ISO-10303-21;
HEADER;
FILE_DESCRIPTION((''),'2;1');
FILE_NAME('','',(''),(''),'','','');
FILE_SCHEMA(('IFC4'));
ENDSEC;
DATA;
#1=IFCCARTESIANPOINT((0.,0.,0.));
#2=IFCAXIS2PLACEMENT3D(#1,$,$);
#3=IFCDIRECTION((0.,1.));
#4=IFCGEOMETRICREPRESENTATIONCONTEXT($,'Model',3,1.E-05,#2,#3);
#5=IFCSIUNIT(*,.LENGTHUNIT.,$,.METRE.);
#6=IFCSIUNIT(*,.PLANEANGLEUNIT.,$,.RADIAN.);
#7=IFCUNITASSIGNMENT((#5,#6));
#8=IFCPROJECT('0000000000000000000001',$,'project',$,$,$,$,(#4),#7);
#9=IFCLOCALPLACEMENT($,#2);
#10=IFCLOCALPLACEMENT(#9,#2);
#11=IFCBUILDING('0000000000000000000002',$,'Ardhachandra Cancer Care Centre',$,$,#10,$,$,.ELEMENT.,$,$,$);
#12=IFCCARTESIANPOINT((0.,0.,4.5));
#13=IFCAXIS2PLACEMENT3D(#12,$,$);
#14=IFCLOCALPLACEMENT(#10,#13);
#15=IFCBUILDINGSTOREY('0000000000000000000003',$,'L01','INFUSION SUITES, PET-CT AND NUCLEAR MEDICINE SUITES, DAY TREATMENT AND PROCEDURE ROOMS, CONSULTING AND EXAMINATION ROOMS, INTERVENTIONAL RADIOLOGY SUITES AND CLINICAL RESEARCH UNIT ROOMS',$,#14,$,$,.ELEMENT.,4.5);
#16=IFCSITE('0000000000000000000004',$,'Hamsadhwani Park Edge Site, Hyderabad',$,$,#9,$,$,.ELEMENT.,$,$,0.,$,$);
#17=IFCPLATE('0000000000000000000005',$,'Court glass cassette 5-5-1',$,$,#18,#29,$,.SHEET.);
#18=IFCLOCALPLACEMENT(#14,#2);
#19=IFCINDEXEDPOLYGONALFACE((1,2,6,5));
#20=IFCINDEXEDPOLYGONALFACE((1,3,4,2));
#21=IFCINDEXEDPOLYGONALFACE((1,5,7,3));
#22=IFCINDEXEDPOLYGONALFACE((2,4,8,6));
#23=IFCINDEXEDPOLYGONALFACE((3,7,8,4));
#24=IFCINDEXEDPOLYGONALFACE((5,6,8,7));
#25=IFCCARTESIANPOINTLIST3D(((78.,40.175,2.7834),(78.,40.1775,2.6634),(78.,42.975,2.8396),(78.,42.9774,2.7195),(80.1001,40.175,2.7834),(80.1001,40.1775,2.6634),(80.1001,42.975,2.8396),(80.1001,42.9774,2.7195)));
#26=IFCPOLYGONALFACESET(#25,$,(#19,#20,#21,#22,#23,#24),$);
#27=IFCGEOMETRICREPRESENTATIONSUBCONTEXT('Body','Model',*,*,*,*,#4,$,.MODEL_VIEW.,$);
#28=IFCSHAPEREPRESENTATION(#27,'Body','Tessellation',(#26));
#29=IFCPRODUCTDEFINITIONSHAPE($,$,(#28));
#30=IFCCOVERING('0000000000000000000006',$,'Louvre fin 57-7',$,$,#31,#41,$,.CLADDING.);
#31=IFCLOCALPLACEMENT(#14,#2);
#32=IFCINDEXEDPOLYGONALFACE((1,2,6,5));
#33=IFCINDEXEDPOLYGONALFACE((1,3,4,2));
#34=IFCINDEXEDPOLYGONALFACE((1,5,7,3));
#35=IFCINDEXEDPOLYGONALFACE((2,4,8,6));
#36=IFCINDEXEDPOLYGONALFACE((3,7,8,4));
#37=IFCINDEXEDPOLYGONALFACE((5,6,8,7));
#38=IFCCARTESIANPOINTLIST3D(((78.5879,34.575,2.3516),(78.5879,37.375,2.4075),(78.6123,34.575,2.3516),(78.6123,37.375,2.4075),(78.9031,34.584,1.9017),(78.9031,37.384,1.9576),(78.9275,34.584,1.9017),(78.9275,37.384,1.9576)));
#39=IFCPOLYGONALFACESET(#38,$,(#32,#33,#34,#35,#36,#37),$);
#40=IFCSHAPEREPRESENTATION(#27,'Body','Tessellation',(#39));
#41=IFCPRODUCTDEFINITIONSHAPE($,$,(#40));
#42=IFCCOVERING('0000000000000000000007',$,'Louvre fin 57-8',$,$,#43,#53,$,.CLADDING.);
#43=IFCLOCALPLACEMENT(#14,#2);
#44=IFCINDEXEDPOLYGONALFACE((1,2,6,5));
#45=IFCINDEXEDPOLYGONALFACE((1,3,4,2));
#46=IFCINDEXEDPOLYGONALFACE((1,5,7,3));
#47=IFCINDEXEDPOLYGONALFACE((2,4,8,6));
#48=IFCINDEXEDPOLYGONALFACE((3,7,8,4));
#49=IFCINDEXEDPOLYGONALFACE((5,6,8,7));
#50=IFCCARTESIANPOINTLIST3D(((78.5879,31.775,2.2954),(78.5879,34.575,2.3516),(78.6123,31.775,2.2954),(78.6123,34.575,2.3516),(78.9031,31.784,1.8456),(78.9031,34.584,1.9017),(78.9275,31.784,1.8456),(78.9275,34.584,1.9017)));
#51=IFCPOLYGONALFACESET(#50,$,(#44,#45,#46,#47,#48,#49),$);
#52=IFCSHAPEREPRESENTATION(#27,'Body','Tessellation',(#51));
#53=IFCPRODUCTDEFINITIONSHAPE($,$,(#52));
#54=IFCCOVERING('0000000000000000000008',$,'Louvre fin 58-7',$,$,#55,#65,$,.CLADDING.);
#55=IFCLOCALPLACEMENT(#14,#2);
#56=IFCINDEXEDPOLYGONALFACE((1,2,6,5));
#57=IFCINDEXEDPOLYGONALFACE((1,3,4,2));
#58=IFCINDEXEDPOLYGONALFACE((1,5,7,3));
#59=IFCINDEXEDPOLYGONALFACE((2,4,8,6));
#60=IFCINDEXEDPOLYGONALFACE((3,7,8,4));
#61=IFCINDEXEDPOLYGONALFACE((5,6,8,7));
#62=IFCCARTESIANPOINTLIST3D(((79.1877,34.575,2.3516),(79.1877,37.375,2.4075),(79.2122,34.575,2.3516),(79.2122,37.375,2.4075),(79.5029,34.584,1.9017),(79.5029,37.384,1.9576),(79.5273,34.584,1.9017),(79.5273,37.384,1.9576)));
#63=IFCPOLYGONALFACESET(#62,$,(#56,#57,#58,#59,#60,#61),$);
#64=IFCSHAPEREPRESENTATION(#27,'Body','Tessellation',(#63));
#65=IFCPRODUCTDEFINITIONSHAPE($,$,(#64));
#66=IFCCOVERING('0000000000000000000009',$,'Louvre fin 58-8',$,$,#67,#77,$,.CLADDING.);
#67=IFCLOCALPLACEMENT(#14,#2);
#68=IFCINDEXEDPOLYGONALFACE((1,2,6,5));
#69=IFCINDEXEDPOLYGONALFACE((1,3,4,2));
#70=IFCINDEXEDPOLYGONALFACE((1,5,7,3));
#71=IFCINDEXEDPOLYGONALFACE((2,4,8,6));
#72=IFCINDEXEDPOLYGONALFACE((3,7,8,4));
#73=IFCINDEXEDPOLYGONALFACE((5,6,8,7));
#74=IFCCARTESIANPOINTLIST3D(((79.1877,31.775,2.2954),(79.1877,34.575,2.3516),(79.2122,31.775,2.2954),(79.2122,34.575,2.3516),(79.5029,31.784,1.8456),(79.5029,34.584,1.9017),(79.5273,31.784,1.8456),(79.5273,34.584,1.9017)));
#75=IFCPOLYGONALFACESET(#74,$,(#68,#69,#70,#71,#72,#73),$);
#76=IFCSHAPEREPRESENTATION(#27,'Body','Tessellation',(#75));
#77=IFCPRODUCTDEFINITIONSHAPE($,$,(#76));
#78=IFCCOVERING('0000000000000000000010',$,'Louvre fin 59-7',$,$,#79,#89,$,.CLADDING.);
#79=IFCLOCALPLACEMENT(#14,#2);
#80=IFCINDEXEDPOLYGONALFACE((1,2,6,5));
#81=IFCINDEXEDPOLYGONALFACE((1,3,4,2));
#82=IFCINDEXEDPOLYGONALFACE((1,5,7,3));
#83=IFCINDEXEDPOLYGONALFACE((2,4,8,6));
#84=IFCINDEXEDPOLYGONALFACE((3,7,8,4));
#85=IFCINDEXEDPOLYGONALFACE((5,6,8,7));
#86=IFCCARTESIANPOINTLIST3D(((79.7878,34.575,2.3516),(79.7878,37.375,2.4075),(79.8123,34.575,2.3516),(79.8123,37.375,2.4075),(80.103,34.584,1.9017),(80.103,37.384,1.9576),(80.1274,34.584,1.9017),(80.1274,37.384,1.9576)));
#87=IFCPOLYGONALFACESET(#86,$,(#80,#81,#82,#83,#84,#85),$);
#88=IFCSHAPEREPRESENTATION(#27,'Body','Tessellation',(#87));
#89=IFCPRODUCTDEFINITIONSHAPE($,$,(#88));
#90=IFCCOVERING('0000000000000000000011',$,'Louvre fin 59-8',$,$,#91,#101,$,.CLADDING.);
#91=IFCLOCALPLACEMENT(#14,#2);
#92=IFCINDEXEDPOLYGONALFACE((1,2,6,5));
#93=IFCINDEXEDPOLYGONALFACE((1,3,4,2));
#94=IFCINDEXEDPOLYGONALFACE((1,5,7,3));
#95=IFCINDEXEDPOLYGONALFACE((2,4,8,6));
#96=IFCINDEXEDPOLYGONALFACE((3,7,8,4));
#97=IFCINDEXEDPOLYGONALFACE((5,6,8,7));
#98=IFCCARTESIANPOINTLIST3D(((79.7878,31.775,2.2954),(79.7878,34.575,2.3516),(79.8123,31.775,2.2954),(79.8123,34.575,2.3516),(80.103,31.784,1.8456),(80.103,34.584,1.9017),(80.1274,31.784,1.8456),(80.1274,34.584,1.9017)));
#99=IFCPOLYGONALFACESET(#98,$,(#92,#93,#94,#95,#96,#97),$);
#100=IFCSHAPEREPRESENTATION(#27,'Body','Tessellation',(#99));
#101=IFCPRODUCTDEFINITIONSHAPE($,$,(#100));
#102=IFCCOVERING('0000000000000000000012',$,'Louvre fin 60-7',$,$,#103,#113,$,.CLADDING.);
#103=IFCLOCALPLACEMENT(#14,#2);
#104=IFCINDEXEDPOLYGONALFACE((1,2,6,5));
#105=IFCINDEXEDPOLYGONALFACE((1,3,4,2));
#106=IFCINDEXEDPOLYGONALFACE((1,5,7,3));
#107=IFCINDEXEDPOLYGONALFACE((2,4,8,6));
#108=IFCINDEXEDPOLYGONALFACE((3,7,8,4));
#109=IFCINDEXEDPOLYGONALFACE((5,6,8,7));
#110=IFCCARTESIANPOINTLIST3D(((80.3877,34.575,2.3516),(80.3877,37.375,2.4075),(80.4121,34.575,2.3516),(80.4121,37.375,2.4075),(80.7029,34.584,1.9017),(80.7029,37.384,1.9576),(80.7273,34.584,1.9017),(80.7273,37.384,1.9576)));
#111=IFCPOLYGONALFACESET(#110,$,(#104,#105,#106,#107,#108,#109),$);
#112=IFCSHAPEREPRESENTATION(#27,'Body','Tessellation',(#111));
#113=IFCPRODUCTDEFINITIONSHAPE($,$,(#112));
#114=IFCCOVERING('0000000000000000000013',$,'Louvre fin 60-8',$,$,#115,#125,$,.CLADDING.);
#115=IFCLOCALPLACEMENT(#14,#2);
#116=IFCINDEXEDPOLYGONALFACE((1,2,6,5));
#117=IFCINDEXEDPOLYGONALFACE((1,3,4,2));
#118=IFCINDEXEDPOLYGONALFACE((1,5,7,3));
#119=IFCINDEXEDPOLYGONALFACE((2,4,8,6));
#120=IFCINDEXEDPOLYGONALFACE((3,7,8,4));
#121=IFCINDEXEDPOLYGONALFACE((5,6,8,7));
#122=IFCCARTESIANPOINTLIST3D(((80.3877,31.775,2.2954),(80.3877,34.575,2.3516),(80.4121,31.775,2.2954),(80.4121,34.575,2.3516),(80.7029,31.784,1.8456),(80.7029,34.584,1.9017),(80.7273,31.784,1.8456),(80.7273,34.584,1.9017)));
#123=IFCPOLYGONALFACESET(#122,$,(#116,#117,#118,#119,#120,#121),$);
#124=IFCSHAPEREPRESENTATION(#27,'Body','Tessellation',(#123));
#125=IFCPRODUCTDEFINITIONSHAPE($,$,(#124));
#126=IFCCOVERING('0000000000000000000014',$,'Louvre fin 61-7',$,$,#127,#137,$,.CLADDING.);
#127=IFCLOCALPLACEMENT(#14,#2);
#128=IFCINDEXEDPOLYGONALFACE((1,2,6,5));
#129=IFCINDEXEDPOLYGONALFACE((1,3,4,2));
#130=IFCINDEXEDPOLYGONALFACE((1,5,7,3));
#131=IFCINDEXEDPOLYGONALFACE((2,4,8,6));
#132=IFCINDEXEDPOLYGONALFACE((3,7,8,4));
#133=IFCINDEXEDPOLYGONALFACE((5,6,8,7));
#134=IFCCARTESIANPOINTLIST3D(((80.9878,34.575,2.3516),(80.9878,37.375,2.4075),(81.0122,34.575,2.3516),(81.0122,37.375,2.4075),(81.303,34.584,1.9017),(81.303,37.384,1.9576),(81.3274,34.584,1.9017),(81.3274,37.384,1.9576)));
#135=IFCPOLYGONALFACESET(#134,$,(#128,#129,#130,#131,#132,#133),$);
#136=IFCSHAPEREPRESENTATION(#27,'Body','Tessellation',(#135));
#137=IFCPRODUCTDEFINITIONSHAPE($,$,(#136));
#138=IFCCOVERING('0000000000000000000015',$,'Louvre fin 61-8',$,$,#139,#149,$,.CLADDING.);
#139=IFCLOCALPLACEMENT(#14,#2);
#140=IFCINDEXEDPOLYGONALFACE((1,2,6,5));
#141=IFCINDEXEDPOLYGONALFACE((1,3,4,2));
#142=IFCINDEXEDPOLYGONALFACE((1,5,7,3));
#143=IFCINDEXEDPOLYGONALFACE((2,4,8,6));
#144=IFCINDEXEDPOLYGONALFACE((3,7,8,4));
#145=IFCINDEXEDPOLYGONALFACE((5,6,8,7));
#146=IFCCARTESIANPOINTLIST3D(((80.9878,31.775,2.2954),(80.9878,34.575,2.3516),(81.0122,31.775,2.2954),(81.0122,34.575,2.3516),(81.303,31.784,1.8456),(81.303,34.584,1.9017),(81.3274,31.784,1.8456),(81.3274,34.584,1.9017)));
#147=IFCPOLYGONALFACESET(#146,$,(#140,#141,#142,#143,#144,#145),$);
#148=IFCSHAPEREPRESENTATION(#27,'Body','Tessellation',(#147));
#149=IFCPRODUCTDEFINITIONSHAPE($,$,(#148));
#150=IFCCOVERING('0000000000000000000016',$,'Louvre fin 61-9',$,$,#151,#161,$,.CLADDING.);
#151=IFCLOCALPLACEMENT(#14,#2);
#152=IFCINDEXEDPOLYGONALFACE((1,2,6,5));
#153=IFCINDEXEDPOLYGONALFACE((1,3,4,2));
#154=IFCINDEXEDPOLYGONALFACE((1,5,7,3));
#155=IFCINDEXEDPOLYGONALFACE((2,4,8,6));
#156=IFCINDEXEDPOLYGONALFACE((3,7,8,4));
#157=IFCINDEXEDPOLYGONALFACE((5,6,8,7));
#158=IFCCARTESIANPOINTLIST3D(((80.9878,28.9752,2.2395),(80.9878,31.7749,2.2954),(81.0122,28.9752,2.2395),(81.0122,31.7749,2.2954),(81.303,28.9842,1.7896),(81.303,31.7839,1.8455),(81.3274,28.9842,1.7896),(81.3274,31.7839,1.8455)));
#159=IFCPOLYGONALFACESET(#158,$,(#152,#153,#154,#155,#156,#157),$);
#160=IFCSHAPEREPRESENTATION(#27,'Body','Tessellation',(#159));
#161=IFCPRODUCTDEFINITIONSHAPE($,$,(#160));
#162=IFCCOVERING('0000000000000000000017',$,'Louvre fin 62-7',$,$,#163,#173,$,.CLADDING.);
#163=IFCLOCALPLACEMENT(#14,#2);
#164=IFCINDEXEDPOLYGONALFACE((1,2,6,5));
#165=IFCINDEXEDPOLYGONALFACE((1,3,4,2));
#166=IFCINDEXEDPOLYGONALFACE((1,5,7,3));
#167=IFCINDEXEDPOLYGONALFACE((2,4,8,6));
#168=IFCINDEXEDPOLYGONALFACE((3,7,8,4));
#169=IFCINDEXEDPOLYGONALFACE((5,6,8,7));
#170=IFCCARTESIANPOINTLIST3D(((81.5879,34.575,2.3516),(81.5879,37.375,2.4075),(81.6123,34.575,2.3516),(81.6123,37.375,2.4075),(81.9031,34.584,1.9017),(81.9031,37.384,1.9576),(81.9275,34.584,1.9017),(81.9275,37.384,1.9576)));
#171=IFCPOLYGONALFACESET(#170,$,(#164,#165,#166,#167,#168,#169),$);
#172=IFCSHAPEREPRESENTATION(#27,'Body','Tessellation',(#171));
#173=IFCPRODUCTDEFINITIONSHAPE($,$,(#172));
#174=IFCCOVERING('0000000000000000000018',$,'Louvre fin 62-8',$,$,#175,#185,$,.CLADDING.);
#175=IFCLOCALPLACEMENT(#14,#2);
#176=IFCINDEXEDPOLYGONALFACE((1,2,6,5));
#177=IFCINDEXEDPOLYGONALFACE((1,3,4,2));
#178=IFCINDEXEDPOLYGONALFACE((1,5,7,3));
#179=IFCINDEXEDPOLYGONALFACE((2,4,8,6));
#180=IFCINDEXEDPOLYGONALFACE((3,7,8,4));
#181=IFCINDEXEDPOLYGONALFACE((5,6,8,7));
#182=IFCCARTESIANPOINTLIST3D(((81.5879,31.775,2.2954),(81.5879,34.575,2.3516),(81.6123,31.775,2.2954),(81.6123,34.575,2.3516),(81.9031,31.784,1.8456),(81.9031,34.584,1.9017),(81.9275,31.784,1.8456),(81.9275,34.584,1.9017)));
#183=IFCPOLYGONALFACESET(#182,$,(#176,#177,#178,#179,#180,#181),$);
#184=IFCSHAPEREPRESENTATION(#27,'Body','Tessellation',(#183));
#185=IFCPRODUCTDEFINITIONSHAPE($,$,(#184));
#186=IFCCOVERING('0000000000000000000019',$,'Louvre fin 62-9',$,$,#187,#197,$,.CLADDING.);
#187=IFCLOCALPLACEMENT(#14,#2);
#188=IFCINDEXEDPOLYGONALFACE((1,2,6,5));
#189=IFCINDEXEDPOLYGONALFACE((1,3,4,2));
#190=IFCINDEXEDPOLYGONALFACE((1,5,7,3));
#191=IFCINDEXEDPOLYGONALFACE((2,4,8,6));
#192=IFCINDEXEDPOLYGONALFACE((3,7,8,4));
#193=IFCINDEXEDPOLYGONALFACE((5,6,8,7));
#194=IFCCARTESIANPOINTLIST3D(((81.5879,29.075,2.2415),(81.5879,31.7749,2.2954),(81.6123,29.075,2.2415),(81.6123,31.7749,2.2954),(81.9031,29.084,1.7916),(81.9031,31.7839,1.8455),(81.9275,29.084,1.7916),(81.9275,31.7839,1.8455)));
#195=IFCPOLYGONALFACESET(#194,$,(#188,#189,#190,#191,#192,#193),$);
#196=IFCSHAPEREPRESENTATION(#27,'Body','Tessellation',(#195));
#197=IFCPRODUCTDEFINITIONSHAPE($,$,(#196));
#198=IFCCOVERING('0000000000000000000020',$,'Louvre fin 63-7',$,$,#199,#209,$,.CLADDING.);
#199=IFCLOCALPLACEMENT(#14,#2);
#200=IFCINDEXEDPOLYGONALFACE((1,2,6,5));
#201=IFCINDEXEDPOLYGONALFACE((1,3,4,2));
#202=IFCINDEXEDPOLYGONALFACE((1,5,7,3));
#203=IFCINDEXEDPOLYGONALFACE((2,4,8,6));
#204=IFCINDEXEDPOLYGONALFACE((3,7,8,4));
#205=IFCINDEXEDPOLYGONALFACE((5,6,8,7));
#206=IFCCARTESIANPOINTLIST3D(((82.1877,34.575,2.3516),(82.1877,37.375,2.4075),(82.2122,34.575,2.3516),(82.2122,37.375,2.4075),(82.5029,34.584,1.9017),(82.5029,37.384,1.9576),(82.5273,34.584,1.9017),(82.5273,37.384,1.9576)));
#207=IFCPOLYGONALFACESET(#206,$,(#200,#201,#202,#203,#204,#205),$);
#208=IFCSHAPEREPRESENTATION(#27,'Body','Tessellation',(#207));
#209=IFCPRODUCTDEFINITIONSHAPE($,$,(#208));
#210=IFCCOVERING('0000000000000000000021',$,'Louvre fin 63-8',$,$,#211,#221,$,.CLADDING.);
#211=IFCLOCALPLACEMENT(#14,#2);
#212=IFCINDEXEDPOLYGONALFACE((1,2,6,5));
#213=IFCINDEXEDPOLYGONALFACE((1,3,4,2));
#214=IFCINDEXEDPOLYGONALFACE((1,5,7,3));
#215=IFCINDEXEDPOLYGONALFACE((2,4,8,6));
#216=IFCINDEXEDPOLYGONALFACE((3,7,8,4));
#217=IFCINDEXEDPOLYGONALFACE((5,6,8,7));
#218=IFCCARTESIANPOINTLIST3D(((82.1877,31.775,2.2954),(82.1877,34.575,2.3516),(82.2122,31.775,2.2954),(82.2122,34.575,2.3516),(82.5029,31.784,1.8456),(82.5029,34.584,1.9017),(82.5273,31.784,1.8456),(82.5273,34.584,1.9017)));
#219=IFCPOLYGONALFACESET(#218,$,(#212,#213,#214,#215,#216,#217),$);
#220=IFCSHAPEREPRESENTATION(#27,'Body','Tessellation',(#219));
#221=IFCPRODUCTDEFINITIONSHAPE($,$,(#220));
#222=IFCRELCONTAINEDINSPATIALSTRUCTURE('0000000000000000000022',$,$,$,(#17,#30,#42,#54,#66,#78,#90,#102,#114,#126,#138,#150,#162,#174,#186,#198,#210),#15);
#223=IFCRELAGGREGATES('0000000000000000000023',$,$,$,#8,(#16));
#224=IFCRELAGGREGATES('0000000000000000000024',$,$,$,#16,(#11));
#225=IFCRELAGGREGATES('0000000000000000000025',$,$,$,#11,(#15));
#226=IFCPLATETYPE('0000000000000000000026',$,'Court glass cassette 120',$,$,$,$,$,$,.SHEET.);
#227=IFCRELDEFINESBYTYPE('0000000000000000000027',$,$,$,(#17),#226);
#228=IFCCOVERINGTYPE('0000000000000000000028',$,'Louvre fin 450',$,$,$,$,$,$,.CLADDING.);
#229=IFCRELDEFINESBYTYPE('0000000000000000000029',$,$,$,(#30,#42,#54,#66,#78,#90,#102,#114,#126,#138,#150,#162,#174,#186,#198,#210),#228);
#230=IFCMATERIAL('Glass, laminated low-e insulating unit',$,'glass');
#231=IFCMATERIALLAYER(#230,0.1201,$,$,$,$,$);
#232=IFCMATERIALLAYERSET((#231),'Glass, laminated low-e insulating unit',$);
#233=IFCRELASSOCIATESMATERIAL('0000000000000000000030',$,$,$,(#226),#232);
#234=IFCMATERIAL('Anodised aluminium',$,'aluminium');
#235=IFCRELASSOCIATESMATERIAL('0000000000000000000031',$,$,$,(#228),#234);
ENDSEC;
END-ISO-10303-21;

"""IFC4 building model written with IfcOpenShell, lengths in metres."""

from ifc_helpers import new_model, si_unit, direction, frame, origin, place, context, subcontext, project, spatial, polyline, outline, extrude, material, layer, layer_set, material_profile, profile_set, type_object, element, save


model = new_model("IFC4")

# Units and contexts
model_context = context("Model", 3, precision=1e-05, world=origin(), true_north=direction((0.0, 1.0)))
body_context = subcontext(model_context, "Body", "Model", "MODEL_VIEW")
ifc_project = project(units=[si_unit("LENGTHUNIT", "METRE"), si_unit("PLANEANGLEUNIT", "RADIAN")], contexts=[model_context])

# Site, building, storey
site_placement = place(None, origin())
site = spatial("IfcSite", under=ifc_project, at=site_placement, Name="Hamsadhwani Park Edge Site, Hyderabad", CompositionType="ELEMENT", RefElevation=0.0)
building_placement = place(site_placement, origin())
building = spatial("IfcBuilding", under=site, at=building_placement, Name="Ardhachandra Cancer Care Centre", CompositionType="ELEMENT")
storey_placement = place(building_placement, frame((0.0, 0.0, 4.5)))
storey = spatial("IfcBuildingStorey", under=building, at=storey_placement, Name="L01", Description="INFUSION SUITES, PET-CT AND NUCLEAR MEDICINE SUITES, DAY TREATMENT AND PROCEDURE ROOMS, CONSULTING AND EXAMINATION ROOMS, INTERVENTIONAL RADIOLOGY SUITES AND CLINICAL RESEARCH UNIT ROOMS", CompositionType="ELEMENT", Elevation=4.5)

# Plate
ifc_material_1 = material(Name="Glass, laminated low-e insulating unit", Category="glass")
ifc_layer = layer(ifc_material_1, 0.1201)
ifc_layer_set = layer_set([ifc_layer], Name="Glass, laminated low-e insulating unit")
plate_type = type_object("IfcPlateType", Name="Court glass cassette 120", PredefinedType="SHEET", material=ifc_layer_set)
plate_placement = place(storey_placement, frame((78.0, 40.175, 2.7834), z_axis=(0.0, -0.02005, 0.999799), x_axis=(0.0, 0.999799, 0.02005)))
element("IfcPlate", 1, at=plate_placement, inside=storey, type_object=plate_type, Name="Court glass cassette 5-5-1", PredefinedType="SHEET", context=body_context, shape_type="SweptSolid", body=[
    extrude(outline(polyline([(0.0, -2.1001), (2.8005, -2.1001), (2.8005, 0.0), (0.0, 0.0), (0.0, -2.1001)])), frame((0.0, 0.0, -0.1201)), (0.0, 0.0, 1.0), 0.1201),
])

# Coverings
ifc_material_2 = material(Name="Anodised aluminium", Category="aluminium")
ifc_material_profile_1 = material_profile(ifc_material_2, outline(polyline([(-0.0122, 0.0), (0.0122, 0.0), (0.3274, -0.45), (0.303, -0.45), (-0.0122, 0.0)])), Name="Louvre fin 450")
ifc_profile_set_1 = profile_set([ifc_material_profile_1], Name="Anodised aluminium")
covering_type = type_object("IfcCoveringType", Name="Louvre fin 450", PredefinedType="CLADDING", material=ifc_profile_set_1)
for number, where, z_axis, x_axis, name in (
    (2, (78.6001, 37.375, 2.4075), (0.0, -0.999801, -0.019963), (1.0, 0.0, 0.0), "Louvre fin 57-7"),
    (3, (78.6001, 34.575, 2.3516), (0.0, -0.999799, -0.02005), (1.0, 0.0, 0.0), "Louvre fin 57-8"),
    (4, (79.2, 37.375, 2.4075), (0.0, -0.999801, -0.019963), (1.0, 0.0, 0.0), "Louvre fin 58-7"),
    (5, (79.2, 34.575, 2.3516), (0.0, -0.999799, -0.02005), (1.0, 0.0, 0.0), "Louvre fin 58-8"),
    (6, (79.8, 37.375, 2.4075), (0.0, -0.999801, -0.019963), (1.0, 0.0, 0.0), "Louvre fin 59-7"),
    (7, (79.8, 34.575, 2.3516), (0.0, -0.999799, -0.02005), (1.0, 0.0, 0.0), "Louvre fin 59-8"),
    (8, (80.3999, 37.375, 2.4075), (0.0, -0.999801, -0.019963), (1.0, 0.0, 0.0), "Louvre fin 60-7"),
    (9, (80.3999, 34.575, 2.3516), (0.0, -0.999799, -0.02005), (1.0, 0.0, 0.0), "Louvre fin 60-8"),
    (10, (81.0, 37.375, 2.4075), (0.0, -0.999801, -0.019963), (1.0, 0.0, 0.0), "Louvre fin 61-7"),
    (11, (81.0, 34.575, 2.3516), (0.0, -0.999799, -0.02005), (1.0, 0.0, 0.0), "Louvre fin 61-8"),
):
    element("IfcCovering", number, at=place(storey_placement, frame(where, z_axis=z_axis, x_axis=x_axis)), inside=storey, type_object=covering_type, Name=name, PredefinedType="CLADDING", context=body_context, shape_type="SweptSolid", body=[
        extrude(outline(polyline([(-0.0122, 0.0), (0.0122, 0.0), (0.3274, -0.45), (0.303, -0.45), (-0.0122, 0.0)])), origin(), (0.0, 0.0, 1.0), 2.8005),
    ])
covering_1_placement = place(storey_placement, frame((81.0, 31.7749, 2.2954), z_axis=(0.0, -0.999801, -0.019965), x_axis=(1.0, 0.0, 0.0)))
element("IfcCovering", 12, at=covering_1_placement, inside=storey, type_object=covering_type, Name="Louvre fin 61-9", PredefinedType="CLADDING", context=body_context, shape_type="SweptSolid", body=[
    extrude(outline(polyline([(-0.0122, 0.0), (0.0122, 0.0), (0.3274, -0.45), (0.303, -0.45), (-0.0122, 0.0)])), origin(), (0.0, 0.0, 1.0), 2.8003),
])
for number, where, z_axis, x_axis, name in (
    (13, (81.6001, 37.375, 2.4075), (0.0, -0.999801, -0.019963), (1.0, 0.0, 0.0), "Louvre fin 62-7"),
    (14, (81.6001, 34.575, 2.3516), (0.0, -0.999799, -0.02005), (1.0, 0.0, 0.0), "Louvre fin 62-8"),
):
    element("IfcCovering", number, at=place(storey_placement, frame(where, z_axis=z_axis, x_axis=x_axis)), inside=storey, type_object=covering_type, Name=name, PredefinedType="CLADDING", context=body_context, shape_type="SweptSolid", body=[
        extrude(outline(polyline([(-0.0122, 0.0), (0.0122, 0.0), (0.3274, -0.45), (0.303, -0.45), (-0.0122, 0.0)])), origin(), (0.0, 0.0, 1.0), 2.8005),
    ])
covering_2_placement = place(storey_placement, frame((81.6001, 31.7749, 2.2954), z_axis=(0.0, -0.9998, -0.01998), x_axis=(1.0, 0.0, 0.0)))
element("IfcCovering", 15, at=covering_2_placement, inside=storey, type_object=covering_type, Name="Louvre fin 62-9", PredefinedType="CLADDING", context=body_context, shape_type="SweptSolid", body=[
    extrude(outline(polyline([(-0.0122, 0.0), (0.0122, 0.0), (0.3274, -0.45), (0.303, -0.45), (-0.0122, 0.0)])), origin(), (0.0, 0.0, 1.0), 2.7004),
])
for number, where, z_axis, x_axis, name in (
    (16, (82.2, 37.375, 2.4075), (0.0, -0.999801, -0.019963), (1.0, 0.0, 0.0), "Louvre fin 63-7"),
    (17, (82.2, 34.575, 2.3516), (0.0, -0.999799, -0.02005), (1.0, 0.0, 0.0), "Louvre fin 63-8"),
):
    element("IfcCovering", number, at=place(storey_placement, frame(where, z_axis=z_axis, x_axis=x_axis)), inside=storey, type_object=covering_type, Name=name, PredefinedType="CLADDING", context=body_context, shape_type="SweptSolid", body=[
        extrude(outline(polyline([(-0.0122, 0.0), (0.0122, 0.0), (0.3274, -0.45), (0.303, -0.45), (-0.0122, 0.0)])), origin(), (0.0, 0.0, 1.0), 2.8005),
    ])

save(model, "model.ifc")
